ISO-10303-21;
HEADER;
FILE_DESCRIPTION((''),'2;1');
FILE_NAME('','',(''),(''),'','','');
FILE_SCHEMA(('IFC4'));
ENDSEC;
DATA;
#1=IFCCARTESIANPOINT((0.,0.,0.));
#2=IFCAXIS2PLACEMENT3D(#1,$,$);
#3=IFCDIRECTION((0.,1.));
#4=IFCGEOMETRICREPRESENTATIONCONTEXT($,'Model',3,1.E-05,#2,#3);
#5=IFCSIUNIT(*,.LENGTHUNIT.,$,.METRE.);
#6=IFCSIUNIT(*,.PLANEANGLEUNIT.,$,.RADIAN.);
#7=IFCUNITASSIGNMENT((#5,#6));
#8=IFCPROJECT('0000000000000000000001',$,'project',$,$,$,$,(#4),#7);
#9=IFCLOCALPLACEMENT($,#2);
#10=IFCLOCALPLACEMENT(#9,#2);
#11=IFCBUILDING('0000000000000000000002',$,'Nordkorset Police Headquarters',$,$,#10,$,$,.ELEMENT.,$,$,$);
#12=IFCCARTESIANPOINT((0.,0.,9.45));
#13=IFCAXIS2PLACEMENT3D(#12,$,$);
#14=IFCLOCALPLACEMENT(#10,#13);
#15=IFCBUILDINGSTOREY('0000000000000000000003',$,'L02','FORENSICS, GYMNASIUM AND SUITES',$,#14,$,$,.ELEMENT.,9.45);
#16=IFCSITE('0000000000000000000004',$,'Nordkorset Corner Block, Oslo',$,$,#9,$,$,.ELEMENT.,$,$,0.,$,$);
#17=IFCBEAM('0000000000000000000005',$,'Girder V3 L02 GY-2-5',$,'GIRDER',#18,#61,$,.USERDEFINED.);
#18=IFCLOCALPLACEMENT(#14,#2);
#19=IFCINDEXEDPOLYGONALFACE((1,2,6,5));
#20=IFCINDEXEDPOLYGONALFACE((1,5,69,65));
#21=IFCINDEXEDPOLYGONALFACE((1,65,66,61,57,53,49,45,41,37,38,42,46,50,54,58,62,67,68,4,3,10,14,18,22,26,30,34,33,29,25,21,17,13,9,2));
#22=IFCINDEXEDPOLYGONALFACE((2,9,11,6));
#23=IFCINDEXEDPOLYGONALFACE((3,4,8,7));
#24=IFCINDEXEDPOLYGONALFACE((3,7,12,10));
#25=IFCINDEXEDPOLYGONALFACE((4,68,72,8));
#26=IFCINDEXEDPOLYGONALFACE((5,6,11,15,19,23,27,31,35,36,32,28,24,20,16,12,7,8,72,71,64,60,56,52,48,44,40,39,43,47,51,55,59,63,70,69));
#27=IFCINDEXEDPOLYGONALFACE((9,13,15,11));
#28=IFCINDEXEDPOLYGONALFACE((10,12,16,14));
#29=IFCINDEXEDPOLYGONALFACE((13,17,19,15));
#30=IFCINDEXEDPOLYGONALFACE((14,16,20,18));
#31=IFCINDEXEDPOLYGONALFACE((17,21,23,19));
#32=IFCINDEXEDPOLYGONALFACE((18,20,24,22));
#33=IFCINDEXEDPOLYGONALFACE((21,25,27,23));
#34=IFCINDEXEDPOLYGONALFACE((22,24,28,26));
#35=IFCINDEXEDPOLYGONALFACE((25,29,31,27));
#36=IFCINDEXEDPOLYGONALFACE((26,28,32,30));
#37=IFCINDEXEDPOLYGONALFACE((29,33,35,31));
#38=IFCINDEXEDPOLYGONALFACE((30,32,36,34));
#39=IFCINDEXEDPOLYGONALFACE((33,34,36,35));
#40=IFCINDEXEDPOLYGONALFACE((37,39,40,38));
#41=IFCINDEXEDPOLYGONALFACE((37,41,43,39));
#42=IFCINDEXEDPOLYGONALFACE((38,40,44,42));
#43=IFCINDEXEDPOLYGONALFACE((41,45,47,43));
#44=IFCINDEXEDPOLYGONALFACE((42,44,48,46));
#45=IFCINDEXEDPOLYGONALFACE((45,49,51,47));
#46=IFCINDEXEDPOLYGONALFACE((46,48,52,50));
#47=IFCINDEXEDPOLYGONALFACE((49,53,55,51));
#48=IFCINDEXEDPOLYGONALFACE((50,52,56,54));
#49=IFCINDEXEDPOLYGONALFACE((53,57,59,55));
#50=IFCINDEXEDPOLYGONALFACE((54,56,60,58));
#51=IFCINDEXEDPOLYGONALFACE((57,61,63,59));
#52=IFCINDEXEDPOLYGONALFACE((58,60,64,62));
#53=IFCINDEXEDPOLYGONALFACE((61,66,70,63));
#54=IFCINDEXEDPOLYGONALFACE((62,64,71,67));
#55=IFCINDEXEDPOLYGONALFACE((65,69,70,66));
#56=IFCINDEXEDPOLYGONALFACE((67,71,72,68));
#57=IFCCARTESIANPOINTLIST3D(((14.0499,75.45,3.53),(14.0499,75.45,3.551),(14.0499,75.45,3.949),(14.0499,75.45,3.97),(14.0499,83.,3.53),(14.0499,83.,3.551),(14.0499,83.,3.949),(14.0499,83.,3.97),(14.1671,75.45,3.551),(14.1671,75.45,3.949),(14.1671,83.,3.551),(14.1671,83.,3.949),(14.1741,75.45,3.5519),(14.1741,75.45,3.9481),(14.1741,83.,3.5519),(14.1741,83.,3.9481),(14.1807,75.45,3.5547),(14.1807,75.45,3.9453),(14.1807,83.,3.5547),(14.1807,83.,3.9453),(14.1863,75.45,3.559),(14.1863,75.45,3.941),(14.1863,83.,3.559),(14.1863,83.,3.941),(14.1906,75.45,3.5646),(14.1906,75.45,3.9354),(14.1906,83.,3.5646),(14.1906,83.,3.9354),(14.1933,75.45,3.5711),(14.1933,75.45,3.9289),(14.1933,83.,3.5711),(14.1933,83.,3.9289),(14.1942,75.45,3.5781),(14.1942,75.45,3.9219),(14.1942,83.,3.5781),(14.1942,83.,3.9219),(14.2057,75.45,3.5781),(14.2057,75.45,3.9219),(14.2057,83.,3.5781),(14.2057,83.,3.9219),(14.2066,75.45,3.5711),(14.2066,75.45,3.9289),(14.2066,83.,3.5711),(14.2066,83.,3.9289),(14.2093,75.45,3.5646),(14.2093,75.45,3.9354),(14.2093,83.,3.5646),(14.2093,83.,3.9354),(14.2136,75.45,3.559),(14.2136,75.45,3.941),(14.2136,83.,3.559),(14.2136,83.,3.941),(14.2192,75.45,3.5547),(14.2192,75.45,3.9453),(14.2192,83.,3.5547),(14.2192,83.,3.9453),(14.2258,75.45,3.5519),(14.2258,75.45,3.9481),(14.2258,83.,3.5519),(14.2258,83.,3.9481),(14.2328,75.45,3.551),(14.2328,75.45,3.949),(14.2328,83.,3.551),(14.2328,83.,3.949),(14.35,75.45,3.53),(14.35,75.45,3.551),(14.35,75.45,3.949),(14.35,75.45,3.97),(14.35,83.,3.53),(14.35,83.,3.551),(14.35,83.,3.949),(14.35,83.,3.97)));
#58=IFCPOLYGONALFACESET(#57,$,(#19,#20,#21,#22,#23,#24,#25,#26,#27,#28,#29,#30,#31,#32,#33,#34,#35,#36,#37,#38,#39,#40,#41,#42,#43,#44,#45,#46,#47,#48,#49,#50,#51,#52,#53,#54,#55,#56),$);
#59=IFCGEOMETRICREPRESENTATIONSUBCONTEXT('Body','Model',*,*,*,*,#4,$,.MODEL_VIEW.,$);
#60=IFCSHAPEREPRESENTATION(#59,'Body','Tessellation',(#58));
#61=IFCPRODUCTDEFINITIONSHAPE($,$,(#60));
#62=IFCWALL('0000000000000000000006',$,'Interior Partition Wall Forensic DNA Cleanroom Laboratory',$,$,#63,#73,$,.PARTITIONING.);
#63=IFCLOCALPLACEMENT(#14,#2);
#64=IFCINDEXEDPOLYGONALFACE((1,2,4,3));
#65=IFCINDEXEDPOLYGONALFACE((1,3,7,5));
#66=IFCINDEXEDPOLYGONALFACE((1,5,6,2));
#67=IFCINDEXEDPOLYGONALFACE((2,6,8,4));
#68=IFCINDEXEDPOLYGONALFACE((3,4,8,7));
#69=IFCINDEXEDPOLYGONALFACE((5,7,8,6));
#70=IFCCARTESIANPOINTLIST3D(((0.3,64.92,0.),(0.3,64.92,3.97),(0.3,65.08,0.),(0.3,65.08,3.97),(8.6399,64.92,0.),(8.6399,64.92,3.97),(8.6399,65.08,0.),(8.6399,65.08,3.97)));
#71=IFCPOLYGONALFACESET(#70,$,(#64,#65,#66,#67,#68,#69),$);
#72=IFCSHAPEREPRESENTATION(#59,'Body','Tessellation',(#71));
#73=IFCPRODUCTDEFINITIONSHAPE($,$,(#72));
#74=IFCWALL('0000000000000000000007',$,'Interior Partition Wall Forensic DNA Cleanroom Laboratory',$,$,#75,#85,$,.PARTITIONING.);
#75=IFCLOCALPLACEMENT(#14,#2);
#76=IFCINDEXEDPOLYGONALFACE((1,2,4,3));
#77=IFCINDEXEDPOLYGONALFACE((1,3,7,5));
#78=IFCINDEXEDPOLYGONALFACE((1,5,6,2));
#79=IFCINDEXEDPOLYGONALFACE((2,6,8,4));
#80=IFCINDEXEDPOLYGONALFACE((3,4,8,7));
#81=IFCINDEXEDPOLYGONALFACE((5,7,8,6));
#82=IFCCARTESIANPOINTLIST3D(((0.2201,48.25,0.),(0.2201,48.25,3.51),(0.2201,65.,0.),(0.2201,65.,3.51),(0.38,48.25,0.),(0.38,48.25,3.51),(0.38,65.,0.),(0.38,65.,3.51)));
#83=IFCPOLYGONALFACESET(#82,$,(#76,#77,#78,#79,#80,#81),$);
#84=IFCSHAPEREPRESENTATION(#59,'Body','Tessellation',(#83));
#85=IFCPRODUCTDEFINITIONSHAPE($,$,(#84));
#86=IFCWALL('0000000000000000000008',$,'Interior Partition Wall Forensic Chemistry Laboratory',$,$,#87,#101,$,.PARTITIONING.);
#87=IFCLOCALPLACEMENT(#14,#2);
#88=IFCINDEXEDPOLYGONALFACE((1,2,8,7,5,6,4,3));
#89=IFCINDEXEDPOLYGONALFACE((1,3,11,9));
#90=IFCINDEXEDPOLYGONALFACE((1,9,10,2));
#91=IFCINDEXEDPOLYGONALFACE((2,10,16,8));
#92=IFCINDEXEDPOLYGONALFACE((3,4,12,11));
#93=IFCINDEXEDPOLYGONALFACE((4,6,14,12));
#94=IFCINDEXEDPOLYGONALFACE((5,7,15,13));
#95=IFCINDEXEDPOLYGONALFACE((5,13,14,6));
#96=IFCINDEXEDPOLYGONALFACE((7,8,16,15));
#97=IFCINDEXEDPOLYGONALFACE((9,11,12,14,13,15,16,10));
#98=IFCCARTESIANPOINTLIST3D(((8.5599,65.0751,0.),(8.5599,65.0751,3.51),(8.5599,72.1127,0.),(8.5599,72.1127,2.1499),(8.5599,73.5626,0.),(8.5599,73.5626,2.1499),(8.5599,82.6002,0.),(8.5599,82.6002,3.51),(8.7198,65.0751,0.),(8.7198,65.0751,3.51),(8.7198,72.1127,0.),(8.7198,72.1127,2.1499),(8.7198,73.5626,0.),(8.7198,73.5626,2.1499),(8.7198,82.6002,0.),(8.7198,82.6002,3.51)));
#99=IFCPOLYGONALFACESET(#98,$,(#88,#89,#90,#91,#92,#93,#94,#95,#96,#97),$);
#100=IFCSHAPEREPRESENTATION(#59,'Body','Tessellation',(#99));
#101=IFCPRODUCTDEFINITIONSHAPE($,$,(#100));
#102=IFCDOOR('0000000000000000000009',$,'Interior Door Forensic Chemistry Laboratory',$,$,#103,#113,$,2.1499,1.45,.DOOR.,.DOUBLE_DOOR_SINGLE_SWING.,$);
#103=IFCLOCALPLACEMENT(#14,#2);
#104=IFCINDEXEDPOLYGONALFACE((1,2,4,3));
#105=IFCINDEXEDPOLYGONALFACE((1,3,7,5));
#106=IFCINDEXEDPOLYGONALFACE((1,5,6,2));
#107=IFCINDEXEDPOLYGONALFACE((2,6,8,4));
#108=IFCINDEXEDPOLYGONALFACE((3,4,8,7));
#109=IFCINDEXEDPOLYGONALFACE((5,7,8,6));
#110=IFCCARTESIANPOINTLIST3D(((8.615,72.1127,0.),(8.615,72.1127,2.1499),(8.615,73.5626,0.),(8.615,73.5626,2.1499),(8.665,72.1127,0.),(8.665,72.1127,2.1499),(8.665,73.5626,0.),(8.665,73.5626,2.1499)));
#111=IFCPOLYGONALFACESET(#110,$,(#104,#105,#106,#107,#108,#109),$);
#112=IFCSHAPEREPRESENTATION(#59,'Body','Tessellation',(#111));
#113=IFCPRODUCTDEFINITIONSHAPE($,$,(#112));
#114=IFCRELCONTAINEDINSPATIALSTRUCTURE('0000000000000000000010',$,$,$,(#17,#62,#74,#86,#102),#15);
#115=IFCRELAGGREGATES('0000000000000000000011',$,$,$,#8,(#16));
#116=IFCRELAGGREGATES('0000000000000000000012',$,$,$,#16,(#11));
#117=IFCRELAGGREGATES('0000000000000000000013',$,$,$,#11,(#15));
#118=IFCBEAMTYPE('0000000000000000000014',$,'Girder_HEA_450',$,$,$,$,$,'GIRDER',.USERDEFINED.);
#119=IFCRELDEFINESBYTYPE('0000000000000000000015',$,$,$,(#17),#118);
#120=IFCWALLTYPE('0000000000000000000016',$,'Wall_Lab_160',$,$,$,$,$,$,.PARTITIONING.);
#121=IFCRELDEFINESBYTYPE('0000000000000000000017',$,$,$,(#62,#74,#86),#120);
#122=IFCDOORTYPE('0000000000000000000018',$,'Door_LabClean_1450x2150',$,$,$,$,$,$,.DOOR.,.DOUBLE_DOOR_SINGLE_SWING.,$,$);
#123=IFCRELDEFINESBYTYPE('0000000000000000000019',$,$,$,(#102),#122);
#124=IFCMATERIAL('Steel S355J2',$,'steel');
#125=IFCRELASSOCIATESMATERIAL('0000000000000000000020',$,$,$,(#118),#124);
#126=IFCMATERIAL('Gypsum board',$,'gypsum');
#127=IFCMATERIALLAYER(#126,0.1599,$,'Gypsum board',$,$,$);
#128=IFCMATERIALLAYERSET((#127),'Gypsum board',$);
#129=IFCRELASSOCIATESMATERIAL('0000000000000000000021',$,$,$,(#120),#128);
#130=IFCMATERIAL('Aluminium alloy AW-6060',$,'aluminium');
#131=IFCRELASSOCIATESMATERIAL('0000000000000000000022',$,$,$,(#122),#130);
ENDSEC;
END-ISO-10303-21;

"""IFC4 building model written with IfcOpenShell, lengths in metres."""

from ifc_helpers import new_model, si_unit, direction, frame, frame_2d, origin, origin_2d, place, context, subcontext, project, spatial, rectangle, i_section, extrude, material, layer, layer_set, material_profile, profile_set, type_object, element, fill, save


model = new_model("IFC4")

# Units and contexts
model_context = context("Model", 3, precision=1e-05, world=origin(), true_north=direction((0.0, 1.0)))
body_context = subcontext(model_context, "Body", "Model", "MODEL_VIEW")
ifc_project = project(units=[si_unit("LENGTHUNIT", "METRE"), si_unit("PLANEANGLEUNIT", "RADIAN")], contexts=[model_context])

# Site, building, storey
site_placement = place(None, origin())
site = spatial("IfcSite", under=ifc_project, at=site_placement, Name="Nordkorset Corner Block, Oslo", CompositionType="ELEMENT", RefElevation=0.0)
building_placement = place(site_placement, origin())
building = spatial("IfcBuilding", under=site, at=building_placement, Name="Nordkorset Police Headquarters", CompositionType="ELEMENT")
storey_placement = place(building_placement, frame((0.0, 0.0, 9.45)))
storey = spatial("IfcBuildingStorey", under=building, at=storey_placement, Name="L02", Description="FORENSICS, GYMNASIUM AND SUITES", CompositionType="ELEMENT", Elevation=9.45)

# Beam
ifc_material_1 = material(Name="Steel S355J2", Category="steel")
ifc_material_profile_1 = material_profile(ifc_material_1, i_section(OverallWidth=0.3, OverallDepth=0.4399, WebThickness=0.0115, FlangeThickness=0.021, FilletRadius=0.0271, at=origin_2d()), Name="HEA 450")
ifc_profile_set_1 = profile_set([ifc_material_profile_1], Name="Steel S355J2")
beam_type_1 = type_object("IfcBeamType", Name="Girder_HEA_450", ElementType="GIRDER", PredefinedType="USERDEFINED", material=ifc_profile_set_1)
beam_1_placement = place(storey_placement, frame((14.2, 75.45, 3.75), z_axis=(0.0, 1.0, 0.0), x_axis=(-1.0, 0.0, 0.0)))
element("IfcBeam", 1, at=beam_1_placement, inside=storey, type_object=beam_type_1, Name="Girder V3 L02 GY-2-5", ObjectType="GIRDER", PredefinedType="USERDEFINED", context=body_context, shape_type="SweptSolid", body=[
    extrude(i_section(OverallWidth=0.3, OverallDepth=0.4399, WebThickness=0.0115, FlangeThickness=0.021, FilletRadius=0.0271, at=origin_2d()), origin(), (0.0, 0.0, 1.0), 7.55),
])

# Walls
ifc_material_2 = material(Name="Gypsum board", Category="gypsum")
ifc_layer = layer(ifc_material_2, 0.1599, Name="Gypsum board")
ifc_layer_set = layer_set([ifc_layer], Name="Gypsum board")
wall_type = type_object("IfcWallType", Name="Wall_Lab_160", PredefinedType="PARTITIONING", material=ifc_layer_set)
wall_1_placement = place(storey_placement, frame((8.6399, 65.0, 0.0), z_axis=(0.0, 0.0, 1.0), x_axis=(-1.0, 0.0, 0.0)))
element("IfcWall", 2, at=wall_1_placement, inside=storey, type_object=wall_type, Name="Interior Partition Wall Forensic DNA Cleanroom Laboratory", PredefinedType="PARTITIONING", context=body_context, shape_type="SweptSolid", body=[
    extrude(rectangle(XDim=8.3398, YDim=0.1599, at=frame_2d((4.1699, 0.0))), origin(), (0.0, 0.0, 1.0), 3.97),
])
wall_2_placement = place(storey_placement, frame((0.3, 65.0, 0.0), z_axis=(0.0, 0.0, 1.0), x_axis=(0.0, -1.0, 0.0)))
element("IfcWall", 3, at=wall_2_placement, inside=storey, type_object=wall_type, Name="Interior Partition Wall Forensic DNA Cleanroom Laboratory", PredefinedType="PARTITIONING", context=body_context, shape_type="SweptSolid", body=[
    extrude(rectangle(XDim=16.75, YDim=0.1599, at=frame_2d((8.375, 0.0))), origin(), (0.0, 0.0, 1.0), 3.51),
])

# Wall, opening, door
wall_3_placement = place(storey_placement, frame((8.6399, 65.075, 0.0), z_axis=(0.0, 0.0, 1.0), x_axis=(0.0, 1.0, 0.0)))
wall_3 = element("IfcWall", 4, at=wall_3_placement, inside=storey, type_object=wall_type, Name="Interior Partition Wall Forensic Chemistry Laboratory", PredefinedType="PARTITIONING", context=body_context, shape_type="SweptSolid", body=[
    extrude(rectangle(XDim=17.5251, YDim=0.1599, at=frame_2d((8.7627, 0.0))), origin(), (0.0, 0.0, 1.0), 3.51),
])
opening_placement = place(wall_3_placement, frame((7.0376, 0.0, 0.0)))
opening = element("IfcOpeningElement", 5, at=opening_placement, cuts=wall_3, PredefinedType="OPENING", context=body_context, shape_type="SweptSolid", body=[
    extrude(rectangle(XDim=1.45, YDim=2.1499, at=frame_2d((0.7251, 1.075))), frame((0.0, 0.0898, 0.0), z_axis=(0.0, -1.0, 0.0), x_axis=(1.0, 0.0, 0.0)), (0.0, 0.0, 1.0), 0.1799),
])
ifc_material_3 = material(Name="Aluminium alloy AW-6060", Category="aluminium")
door_type = type_object("IfcDoorType", Name="Door_LabClean_1450x2150", OperationType="DOUBLE_DOOR_SINGLE_SWING", PredefinedType="DOOR", material=ifc_material_3)
door_placement = place(opening_placement, origin())
door = element("IfcDoor", 6, at=door_placement, inside=storey, type_object=door_type, Name="Interior Door Forensic Chemistry Laboratory", OperationType="DOUBLE_DOOR_SINGLE_SWING", OverallHeight=2.1499, OverallWidth=1.45, PredefinedType="DOOR", context=body_context, shape_type="SweptSolid", body=[
    extrude(rectangle(XDim=1.45, YDim=2.1499, at=frame_2d((0.7251, 1.075))), frame((0.0, 0.0249, 0.0), z_axis=(0.0, -1.0, 0.0), x_axis=(1.0, 0.0, 0.0)), (0.0, 0.0, 1.0), 0.05),
])
fill(opening, door)

save(model, "model.ifc")
